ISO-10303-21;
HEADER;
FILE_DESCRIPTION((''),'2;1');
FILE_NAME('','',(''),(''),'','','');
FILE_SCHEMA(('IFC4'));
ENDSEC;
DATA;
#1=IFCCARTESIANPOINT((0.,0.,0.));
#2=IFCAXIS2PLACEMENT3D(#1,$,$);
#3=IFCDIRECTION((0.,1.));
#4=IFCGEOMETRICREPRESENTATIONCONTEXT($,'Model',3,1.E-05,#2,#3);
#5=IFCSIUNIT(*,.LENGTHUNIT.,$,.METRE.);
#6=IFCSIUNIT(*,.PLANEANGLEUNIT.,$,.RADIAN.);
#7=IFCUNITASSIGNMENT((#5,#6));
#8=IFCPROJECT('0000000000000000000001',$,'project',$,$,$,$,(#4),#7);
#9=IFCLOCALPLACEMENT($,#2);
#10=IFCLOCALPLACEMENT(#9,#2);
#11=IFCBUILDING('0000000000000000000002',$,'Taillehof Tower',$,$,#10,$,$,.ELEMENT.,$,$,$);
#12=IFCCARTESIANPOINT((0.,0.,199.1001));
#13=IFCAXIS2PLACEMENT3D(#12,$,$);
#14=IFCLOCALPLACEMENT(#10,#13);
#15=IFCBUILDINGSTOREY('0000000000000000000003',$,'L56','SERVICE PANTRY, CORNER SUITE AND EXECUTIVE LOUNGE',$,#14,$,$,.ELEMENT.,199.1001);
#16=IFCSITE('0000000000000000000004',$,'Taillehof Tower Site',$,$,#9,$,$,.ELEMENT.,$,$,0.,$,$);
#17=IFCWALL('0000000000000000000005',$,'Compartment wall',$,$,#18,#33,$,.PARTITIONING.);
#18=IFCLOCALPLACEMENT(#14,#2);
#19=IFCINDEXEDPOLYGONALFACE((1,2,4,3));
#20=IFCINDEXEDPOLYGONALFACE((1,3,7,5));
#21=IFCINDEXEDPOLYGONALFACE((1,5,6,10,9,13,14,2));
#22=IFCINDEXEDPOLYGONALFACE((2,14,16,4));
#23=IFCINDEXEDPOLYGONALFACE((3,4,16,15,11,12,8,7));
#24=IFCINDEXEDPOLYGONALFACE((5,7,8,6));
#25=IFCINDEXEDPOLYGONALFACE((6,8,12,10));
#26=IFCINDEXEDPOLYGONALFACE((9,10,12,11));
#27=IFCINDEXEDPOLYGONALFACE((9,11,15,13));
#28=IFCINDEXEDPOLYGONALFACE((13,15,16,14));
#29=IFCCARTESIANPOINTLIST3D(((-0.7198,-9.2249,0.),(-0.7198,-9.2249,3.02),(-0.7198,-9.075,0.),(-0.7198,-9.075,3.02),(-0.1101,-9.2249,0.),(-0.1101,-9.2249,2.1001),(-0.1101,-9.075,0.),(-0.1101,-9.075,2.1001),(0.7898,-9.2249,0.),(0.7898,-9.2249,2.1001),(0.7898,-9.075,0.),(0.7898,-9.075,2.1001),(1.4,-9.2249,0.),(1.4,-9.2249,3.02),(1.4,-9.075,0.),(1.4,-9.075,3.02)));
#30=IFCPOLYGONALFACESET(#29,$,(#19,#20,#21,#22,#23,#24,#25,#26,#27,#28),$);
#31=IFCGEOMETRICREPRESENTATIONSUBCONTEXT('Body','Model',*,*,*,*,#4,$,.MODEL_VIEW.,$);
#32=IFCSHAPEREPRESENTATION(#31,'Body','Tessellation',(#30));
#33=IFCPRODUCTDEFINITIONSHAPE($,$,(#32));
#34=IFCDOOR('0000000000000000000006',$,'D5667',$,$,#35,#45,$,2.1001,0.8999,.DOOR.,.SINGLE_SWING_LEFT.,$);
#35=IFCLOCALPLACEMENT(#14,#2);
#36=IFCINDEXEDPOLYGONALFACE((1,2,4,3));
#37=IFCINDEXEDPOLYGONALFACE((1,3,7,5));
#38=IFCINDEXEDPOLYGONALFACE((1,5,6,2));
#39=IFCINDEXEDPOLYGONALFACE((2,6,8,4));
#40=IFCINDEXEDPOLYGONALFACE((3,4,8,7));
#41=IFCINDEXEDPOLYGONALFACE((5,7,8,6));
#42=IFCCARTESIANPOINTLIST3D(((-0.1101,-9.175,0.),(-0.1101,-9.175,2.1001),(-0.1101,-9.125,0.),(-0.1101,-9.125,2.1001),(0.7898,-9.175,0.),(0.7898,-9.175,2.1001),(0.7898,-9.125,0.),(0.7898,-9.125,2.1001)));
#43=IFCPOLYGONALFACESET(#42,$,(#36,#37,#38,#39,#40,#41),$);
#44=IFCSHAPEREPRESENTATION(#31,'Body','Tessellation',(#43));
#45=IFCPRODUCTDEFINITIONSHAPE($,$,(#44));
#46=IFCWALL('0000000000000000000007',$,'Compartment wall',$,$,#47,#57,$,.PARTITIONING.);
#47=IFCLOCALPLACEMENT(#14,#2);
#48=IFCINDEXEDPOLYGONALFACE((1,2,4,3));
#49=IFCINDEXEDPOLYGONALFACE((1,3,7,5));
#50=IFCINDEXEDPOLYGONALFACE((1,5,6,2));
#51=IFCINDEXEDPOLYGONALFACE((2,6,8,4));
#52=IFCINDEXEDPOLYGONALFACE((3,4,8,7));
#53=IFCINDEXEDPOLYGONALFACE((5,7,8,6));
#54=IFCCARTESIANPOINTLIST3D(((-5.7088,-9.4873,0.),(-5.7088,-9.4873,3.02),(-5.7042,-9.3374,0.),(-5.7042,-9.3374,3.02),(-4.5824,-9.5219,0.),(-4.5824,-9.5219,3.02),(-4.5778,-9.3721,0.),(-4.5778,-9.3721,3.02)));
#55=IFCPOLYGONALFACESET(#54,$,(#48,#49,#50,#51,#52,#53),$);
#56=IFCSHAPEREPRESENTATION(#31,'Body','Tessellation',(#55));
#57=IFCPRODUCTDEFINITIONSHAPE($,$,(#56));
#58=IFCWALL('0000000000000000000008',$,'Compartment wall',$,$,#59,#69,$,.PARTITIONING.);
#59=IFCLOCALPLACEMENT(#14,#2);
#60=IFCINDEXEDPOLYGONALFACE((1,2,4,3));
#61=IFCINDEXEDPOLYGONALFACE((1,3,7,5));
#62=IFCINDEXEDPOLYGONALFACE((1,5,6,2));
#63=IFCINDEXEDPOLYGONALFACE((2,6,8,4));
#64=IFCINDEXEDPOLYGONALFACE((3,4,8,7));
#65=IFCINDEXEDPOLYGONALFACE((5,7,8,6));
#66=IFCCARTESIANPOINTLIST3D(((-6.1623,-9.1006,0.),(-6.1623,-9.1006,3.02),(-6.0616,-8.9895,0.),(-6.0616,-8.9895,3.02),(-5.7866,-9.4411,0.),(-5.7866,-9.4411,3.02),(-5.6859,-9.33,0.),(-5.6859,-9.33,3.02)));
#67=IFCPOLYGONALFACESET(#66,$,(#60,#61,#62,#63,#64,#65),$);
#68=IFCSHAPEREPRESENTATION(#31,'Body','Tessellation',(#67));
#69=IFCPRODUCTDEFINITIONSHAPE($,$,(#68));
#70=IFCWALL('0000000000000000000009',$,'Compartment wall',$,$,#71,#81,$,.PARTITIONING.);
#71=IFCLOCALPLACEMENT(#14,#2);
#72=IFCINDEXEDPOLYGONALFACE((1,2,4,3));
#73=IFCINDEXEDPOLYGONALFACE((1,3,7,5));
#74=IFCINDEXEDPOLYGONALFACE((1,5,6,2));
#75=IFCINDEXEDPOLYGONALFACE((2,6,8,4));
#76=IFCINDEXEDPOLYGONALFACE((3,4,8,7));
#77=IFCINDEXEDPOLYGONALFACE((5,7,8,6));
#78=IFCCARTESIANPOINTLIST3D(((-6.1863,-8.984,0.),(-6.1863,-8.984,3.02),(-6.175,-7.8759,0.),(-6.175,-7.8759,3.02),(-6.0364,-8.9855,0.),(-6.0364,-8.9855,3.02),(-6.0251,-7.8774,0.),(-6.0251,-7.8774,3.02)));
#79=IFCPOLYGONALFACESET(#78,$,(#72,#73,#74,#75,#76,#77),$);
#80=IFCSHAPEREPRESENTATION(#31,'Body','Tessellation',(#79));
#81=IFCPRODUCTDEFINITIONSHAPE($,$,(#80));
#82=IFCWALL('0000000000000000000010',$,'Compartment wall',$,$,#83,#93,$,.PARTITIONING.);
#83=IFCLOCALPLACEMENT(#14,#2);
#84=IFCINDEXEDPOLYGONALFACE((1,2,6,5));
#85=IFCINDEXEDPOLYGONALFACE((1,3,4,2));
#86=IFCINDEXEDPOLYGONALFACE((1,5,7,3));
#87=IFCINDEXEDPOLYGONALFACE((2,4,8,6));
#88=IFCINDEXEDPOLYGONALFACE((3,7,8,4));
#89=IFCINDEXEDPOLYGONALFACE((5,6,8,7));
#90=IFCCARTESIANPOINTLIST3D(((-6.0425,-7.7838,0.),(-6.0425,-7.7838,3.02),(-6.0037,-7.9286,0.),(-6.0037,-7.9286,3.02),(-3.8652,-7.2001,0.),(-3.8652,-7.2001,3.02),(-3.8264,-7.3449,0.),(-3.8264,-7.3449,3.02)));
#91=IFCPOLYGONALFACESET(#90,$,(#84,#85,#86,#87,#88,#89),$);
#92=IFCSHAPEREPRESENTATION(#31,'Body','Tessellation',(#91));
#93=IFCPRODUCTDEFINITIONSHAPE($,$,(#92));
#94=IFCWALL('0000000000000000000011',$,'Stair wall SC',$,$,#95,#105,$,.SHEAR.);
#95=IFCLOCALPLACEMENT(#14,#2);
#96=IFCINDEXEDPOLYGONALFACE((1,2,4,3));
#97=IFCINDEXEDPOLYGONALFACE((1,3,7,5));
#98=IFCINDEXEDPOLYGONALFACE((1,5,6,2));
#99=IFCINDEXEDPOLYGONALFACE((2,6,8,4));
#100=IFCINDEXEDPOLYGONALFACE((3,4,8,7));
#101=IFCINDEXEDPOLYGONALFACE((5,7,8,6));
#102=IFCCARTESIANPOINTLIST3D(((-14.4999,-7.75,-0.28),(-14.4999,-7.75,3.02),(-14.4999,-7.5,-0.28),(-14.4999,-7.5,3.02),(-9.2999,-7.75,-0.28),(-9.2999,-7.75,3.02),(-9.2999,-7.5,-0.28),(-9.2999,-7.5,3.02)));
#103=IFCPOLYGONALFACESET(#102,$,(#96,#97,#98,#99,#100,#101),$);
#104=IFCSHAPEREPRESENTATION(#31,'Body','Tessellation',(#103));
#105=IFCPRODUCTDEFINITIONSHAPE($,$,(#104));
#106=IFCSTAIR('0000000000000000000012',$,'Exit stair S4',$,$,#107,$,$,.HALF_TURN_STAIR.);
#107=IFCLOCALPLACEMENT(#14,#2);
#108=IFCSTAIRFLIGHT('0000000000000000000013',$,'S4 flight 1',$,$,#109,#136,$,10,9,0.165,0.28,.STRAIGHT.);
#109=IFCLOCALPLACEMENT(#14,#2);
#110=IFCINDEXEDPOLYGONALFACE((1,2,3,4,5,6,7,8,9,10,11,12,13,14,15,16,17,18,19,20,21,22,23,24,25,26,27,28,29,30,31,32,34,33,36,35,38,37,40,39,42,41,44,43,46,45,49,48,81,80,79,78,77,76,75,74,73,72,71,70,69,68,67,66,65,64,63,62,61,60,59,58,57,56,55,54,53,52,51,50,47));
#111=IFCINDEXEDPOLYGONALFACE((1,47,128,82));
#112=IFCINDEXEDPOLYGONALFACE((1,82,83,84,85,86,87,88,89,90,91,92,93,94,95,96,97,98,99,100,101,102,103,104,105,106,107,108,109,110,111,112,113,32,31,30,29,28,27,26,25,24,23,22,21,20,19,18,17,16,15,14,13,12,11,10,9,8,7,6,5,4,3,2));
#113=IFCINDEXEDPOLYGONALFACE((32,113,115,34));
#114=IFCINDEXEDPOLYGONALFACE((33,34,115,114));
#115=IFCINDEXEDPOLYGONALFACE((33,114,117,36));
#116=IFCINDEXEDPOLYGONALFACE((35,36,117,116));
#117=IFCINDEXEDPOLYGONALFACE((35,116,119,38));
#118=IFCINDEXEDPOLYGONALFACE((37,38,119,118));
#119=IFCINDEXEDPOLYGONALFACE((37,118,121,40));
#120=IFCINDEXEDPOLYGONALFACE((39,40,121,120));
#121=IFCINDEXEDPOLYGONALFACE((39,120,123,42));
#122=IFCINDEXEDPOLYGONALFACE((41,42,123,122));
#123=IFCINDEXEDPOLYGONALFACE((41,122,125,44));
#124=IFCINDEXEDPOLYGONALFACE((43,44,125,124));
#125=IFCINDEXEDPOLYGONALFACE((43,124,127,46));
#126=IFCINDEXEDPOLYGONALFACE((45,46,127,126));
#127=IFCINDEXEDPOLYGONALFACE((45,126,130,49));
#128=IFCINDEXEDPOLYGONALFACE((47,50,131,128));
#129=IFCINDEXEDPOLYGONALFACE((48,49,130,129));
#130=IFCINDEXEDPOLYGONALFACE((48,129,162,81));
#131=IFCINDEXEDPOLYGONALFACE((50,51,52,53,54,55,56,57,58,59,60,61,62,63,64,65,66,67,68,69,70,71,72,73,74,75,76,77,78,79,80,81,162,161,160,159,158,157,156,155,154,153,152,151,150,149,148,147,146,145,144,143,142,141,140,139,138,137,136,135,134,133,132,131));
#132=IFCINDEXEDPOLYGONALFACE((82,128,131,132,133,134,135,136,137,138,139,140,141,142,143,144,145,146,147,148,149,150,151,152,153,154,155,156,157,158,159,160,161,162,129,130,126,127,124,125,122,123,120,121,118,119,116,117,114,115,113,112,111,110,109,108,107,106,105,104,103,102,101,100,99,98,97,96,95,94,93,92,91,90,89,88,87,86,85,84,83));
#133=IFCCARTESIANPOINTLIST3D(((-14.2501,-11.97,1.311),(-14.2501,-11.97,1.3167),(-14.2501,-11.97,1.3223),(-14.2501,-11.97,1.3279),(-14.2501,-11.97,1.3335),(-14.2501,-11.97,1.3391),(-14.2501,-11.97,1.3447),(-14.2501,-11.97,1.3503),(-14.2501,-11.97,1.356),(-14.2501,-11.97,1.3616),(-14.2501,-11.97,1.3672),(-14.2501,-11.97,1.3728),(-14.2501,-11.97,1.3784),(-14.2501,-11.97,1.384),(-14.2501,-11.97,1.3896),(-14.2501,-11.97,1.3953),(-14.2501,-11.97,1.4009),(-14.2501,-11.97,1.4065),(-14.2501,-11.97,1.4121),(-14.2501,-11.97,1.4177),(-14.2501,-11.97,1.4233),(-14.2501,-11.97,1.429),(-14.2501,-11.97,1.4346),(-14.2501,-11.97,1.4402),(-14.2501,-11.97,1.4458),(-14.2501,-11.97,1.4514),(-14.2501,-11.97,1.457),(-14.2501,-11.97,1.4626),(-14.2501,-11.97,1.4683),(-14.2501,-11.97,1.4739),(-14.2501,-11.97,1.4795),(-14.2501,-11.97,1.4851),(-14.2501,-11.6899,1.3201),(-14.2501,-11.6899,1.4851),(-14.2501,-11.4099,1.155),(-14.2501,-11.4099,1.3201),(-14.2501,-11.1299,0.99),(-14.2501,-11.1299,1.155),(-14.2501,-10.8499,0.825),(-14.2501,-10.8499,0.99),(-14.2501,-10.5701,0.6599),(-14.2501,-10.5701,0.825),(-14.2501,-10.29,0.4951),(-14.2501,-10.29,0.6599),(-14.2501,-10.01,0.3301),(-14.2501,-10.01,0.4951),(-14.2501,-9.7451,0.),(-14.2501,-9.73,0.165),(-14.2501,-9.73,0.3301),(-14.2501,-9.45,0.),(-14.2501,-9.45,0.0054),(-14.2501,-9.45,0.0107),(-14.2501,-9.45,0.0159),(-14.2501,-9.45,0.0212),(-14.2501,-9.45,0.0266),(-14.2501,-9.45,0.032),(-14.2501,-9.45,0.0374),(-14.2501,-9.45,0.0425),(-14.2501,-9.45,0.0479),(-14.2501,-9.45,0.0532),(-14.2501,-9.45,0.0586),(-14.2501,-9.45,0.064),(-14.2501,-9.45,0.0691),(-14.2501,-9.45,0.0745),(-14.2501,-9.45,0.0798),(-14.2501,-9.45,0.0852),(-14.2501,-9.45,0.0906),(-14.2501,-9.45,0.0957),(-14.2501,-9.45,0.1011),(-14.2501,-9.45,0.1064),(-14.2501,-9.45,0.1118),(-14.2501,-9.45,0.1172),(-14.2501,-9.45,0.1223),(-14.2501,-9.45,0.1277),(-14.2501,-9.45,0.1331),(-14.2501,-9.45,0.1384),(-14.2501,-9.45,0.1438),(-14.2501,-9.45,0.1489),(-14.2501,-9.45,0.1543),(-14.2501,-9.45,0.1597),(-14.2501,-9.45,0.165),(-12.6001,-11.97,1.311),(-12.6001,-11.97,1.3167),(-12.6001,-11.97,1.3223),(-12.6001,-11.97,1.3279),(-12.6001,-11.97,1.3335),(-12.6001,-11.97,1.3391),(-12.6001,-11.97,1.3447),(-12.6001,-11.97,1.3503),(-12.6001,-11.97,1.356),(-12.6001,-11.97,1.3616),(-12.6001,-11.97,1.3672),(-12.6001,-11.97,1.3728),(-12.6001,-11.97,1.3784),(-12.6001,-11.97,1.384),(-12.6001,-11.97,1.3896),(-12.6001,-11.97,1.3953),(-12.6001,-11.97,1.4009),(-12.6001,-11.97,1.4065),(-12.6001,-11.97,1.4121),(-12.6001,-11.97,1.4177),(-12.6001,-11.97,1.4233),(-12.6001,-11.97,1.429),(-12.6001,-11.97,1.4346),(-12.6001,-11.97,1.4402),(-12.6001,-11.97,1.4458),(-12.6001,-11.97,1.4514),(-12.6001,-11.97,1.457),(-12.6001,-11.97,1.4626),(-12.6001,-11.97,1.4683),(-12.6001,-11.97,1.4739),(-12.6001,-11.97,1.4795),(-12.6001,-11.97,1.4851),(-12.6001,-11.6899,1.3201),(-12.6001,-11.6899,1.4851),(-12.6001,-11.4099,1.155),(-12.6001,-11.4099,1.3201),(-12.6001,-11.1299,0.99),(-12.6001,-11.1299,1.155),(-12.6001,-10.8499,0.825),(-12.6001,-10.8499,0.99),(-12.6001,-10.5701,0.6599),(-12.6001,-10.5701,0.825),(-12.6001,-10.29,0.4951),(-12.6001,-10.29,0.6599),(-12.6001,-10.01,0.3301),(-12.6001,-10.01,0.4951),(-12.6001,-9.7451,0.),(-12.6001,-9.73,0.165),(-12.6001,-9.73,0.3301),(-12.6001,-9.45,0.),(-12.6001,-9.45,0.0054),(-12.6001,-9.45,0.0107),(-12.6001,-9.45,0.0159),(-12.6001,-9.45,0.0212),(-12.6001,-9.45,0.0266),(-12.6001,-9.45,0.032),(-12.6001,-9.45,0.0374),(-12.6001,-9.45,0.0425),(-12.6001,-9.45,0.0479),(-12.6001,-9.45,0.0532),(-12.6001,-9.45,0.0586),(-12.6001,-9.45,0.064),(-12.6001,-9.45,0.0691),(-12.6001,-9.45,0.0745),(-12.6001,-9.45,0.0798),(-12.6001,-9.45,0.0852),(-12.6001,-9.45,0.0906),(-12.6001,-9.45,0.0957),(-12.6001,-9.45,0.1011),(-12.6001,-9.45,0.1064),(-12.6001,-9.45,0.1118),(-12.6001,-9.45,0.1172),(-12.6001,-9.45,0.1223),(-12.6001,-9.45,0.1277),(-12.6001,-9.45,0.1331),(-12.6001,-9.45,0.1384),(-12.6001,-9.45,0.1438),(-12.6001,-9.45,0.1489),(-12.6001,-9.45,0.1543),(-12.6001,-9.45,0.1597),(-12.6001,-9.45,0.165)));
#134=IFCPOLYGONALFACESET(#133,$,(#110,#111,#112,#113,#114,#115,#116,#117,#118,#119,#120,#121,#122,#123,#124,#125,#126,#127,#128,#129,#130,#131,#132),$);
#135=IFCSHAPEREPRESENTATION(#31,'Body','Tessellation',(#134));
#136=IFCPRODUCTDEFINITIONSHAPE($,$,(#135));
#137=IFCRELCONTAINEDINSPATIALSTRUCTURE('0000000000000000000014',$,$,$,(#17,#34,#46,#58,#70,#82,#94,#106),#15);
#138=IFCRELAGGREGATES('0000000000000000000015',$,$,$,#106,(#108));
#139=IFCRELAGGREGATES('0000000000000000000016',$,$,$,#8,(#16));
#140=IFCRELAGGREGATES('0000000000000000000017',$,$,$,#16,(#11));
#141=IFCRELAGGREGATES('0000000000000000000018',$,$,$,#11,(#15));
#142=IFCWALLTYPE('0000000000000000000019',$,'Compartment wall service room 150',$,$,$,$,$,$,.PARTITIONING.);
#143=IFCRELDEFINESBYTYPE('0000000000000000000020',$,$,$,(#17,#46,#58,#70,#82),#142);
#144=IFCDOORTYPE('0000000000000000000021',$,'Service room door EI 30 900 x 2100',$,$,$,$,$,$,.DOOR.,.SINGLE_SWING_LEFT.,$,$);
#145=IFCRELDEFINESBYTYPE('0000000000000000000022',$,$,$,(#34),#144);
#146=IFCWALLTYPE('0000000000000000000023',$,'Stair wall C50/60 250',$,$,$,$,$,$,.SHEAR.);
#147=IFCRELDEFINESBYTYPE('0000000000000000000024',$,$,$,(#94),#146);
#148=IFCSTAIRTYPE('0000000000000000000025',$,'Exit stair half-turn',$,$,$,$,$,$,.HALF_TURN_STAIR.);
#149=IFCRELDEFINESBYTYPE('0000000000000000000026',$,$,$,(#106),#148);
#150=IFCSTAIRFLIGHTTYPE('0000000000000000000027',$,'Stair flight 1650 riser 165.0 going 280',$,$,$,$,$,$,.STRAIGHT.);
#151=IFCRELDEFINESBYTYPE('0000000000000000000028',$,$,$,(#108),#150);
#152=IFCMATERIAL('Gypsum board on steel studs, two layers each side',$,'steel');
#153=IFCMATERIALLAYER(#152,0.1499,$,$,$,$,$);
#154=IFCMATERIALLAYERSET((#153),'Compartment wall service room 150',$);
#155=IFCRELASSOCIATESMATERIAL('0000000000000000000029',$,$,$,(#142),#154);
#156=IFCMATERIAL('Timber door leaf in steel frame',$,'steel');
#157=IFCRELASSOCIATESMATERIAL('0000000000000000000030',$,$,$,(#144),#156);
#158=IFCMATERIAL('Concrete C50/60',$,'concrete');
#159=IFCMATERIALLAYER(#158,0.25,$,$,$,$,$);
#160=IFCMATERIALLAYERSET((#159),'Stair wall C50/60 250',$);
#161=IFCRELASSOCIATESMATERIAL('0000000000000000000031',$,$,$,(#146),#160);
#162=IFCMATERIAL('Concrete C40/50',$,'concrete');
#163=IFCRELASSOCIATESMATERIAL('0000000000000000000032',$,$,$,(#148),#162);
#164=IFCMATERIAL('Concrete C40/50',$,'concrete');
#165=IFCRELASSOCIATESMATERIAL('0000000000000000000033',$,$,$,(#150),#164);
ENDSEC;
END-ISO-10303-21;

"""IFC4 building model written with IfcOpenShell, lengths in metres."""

from ifc_helpers import new_model, si_unit, direction, frame, frame_2d, origin, place, context, subcontext, project, spatial, polyline, rectangle, outline, extrude, material, layer, layer_set, type_object, element, fill, aggregate, save


model = new_model("IFC4")

# Units and contexts
model_context = context("Model", 3, precision=1e-05, world=origin(), true_north=direction((0.0, 1.0)))
body_context = subcontext(model_context, "Body", "Model", "MODEL_VIEW")
ifc_project = project(units=[si_unit("LENGTHUNIT", "METRE"), si_unit("PLANEANGLEUNIT", "RADIAN")], contexts=[model_context])

# Site, building, storey
site_placement = place(None, origin())
site = spatial("IfcSite", under=ifc_project, at=site_placement, Name="Taillehof Tower Site", CompositionType="ELEMENT", RefElevation=0.0)
building_placement = place(site_placement, origin())
building = spatial("IfcBuilding", under=site, at=building_placement, Name="Taillehof Tower", CompositionType="ELEMENT")
storey_placement = place(building_placement, frame((0.0, 0.0, 199.1001)))
storey = spatial("IfcBuildingStorey", under=building, at=storey_placement, Name="L56", Description="SERVICE PANTRY, CORNER SUITE AND EXECUTIVE LOUNGE", CompositionType="ELEMENT", Elevation=199.1001)

# Shared definitions
ifc_material_1 = material(Name="Gypsum board on steel studs, two layers each side", Category="steel")
ifc_layer_1 = layer(ifc_material_1, 0.1499)
ifc_layer_set_1 = layer_set([ifc_layer_1], Name="Compartment wall service room 150")
wall_type_1 = type_object("IfcWallType", Name="Compartment wall service room 150", PredefinedType="PARTITIONING", material=ifc_layer_set_1)

# Wall, opening, door
wall_1_placement = place(storey_placement, frame((-0.72, -9.1499, 0.0), z_axis=(0.0, 0.0, 1.0), x_axis=(1.0, 0.0, 0.0)))
wall_1 = element("IfcWall", 1, at=wall_1_placement, inside=storey, type_object=wall_type_1, Name="Compartment wall", PredefinedType="PARTITIONING", context=body_context, shape_type="SweptSolid", body=[
    extrude(rectangle(XDim=2.1199, YDim=0.1499, at=frame_2d((1.0601, 0.0))), origin(), (0.0, 0.0, 1.0), 3.02),
])
opening_placement = place(wall_1_placement, frame((0.6099, 0.0, 0.0)))
opening = element("IfcOpeningElement", 2, at=opening_placement, cuts=wall_1, PredefinedType="OPENING", context=body_context, shape_type="SweptSolid", body=[
    extrude(rectangle(XDim=0.8999, YDim=2.1001, at=frame_2d((0.45, 1.05))), frame((0.0, 0.085, 0.0), z_axis=(0.0, -1.0, 0.0), x_axis=(1.0, 0.0, 0.0)), (0.0, 0.0, 1.0), 0.1699),
])
ifc_material_2 = material(Name="Timber door leaf in steel frame", Category="steel")
door_type = type_object("IfcDoorType", Name="Service room door EI 30 900 x 2100", OperationType="SINGLE_SWING_LEFT", PredefinedType="DOOR", material=ifc_material_2)
door_placement = place(opening_placement, origin())
door = element("IfcDoor", 3, at=door_placement, inside=storey, type_object=door_type, Name="D5667", OperationType="SINGLE_SWING_LEFT", OverallHeight=2.1001, OverallWidth=0.8999, PredefinedType="DOOR", context=body_context, shape_type="SweptSolid", body=[
    extrude(rectangle(XDim=0.8999, YDim=2.1001, at=frame_2d((0.45, 1.05))), frame((0.0, 0.0249, 0.0), z_axis=(0.0, -1.0, 0.0), x_axis=(1.0, 0.0, 0.0)), (0.0, 0.0, 1.0), 0.05),
])
fill(opening, door)

# Walls
wall_2_placement = place(storey_placement, frame((-4.5801, -9.447, 0.0), z_axis=(0.0, 0.0, 1.0), x_axis=(-0.999527, 0.030761, 0.0)))
element("IfcWall", 4, at=wall_2_placement, inside=storey, type_object=wall_type_1, Name="Compartment wall", PredefinedType="PARTITIONING", context=body_context, shape_type="SweptSolid", body=[
    extrude(rectangle(XDim=1.127, YDim=0.1499, at=frame_2d((0.5635, 0.0))), origin(), (0.0, 0.0, 1.0), 3.02),
])
wall_3_placement = place(storey_placement, frame((-5.7363, -9.3855, 0.0), z_axis=(0.0, 0.0, 1.0), x_axis=(-0.74092, 0.671594, 0.0)))
element("IfcWall", 5, at=wall_3_placement, inside=storey, type_object=wall_type_1, Name="Compartment wall", PredefinedType="PARTITIONING", context=body_context, shape_type="SweptSolid", body=[
    extrude(rectangle(XDim=0.5071, YDim=0.1499, at=frame_2d((0.2534, 0.0))), origin(), (0.0, 0.0, 1.0), 3.02),
])
wall_4_placement = place(storey_placement, frame((-6.1113, -8.9849, 0.0), z_axis=(0.0, 0.0, 1.0), x_axis=(0.010134, 0.999949, 0.0)))
element("IfcWall", 6, at=wall_4_placement, inside=storey, type_object=wall_type_1, Name="Compartment wall", PredefinedType="PARTITIONING", context=body_context, shape_type="SweptSolid", body=[
    extrude(rectangle(XDim=1.1082, YDim=0.1499, at=frame_2d((0.5542, 0.0))), origin(), (0.0, 0.0, 1.0), 3.02),
])
wall_5_placement = place(storey_placement, frame((-6.0229, -7.8562, 0.0), z_axis=(0.0, 0.0, 1.0), x_axis=(0.965887, 0.258963, 0.0)))
element("IfcWall", 7, at=wall_5_placement, inside=storey, type_object=wall_type_1, Name="Compartment wall", PredefinedType="PARTITIONING", context=body_context, shape_type="SweptSolid", body=[
    extrude(rectangle(XDim=2.2542, YDim=0.1499, at=frame_2d((1.127, 0.0))), origin(), (0.0, 0.0, 1.0), 3.02),
])
ifc_material_3 = material(Name="Concrete C50/60", Category="concrete")
ifc_layer_2 = layer(ifc_material_3, 0.25)
ifc_layer_set_2 = layer_set([ifc_layer_2], Name="Stair wall C50/60 250")
wall_type_2 = type_object("IfcWallType", Name="Stair wall C50/60 250", PredefinedType="SHEAR", material=ifc_layer_set_2)
wall_6_placement = place(storey_placement, frame((-14.5, -7.625, -0.28), z_axis=(0.0, 0.0, 1.0), x_axis=(1.0, 0.0, 0.0)))
element("IfcWall", 8, at=wall_6_placement, inside=storey, type_object=wall_type_2, Name="Stair wall SC", PredefinedType="SHEAR", context=body_context, shape_type="SweptSolid", body=[
    extrude(rectangle(XDim=5.2, YDim=0.25, at=frame_2d((2.6001, 0.0))), origin(), (0.0, 0.0, 1.0), 3.3),
])

# Stair, stair flight
ifc_material_4 = material(Name="Concrete C40/50", Category="concrete")
stair_type = type_object("IfcStairType", Name="Exit stair half-turn", PredefinedType="HALF_TURN_STAIR", material=ifc_material_4)
stair_placement = place(storey_placement, origin())
stair = element("IfcStair", 9, at=stair_placement, inside=storey, type_object=stair_type, Name="Exit stair S4", PredefinedType="HALF_TURN_STAIR")
ifc_material_5 = material(Name="Concrete C40/50", Category="concrete")
stair_flight_type = type_object("IfcStairFlightType", Name="Stair flight 1650 riser 165.0 going 280", PredefinedType="STRAIGHT", material=ifc_material_5)
stair_flight_placement = place(storey_placement, frame((-13.425, -9.45, 0.0), z_axis=(0.0, 0.0, 1.0), x_axis=(0.0, -1.0, 0.0)))
stair_flight = element("IfcStairFlight", 10, at=stair_flight_placement, type_object=stair_flight_type, Name="S4 flight 1", NumberOfRisers=10, NumberOfTreads=9, PredefinedType="STRAIGHT", RiserHeight=0.165, TreadLength=0.28, context=body_context, shape_type="SweptSolid", body=[
    extrude(outline(polyline([(0.0, 0.0), (0.0, 0.0054), (0.0, 0.0107), (0.0, 0.0159), (0.0, 0.0212), (0.0, 0.0266), (0.0, 0.032), (0.0, 0.0374), (0.0, 0.0425), (0.0, 0.0479), (0.0, 0.0532), (0.0, 0.0586), (0.0, 0.064), (0.0, 0.0691), (0.0, 0.0745), (0.0, 0.0798), (0.0, 0.0852), (0.0, 0.0906), (0.0, 0.0957), (0.0, 0.1011), (0.0, 0.1064), (0.0, 0.1118), (0.0, 0.1172), (0.0, 0.1223), (0.0, 0.1277), (0.0, 0.1331), (0.0, 0.1384), (0.0, 0.1438), (0.0, 0.1489), (0.0, 0.1543), (0.0, 0.1597), (0.0, 0.165), (0.28, 0.165), (0.28, 0.3301), (0.5601, 0.3301), (0.5601, 0.4951), (0.8401, 0.4951), (0.8401, 0.6599), (1.1201, 0.6599), (1.1201, 0.825), (1.3999, 0.825), (1.3999, 0.99), (1.6799, 0.99), (1.6799, 1.155), (1.96, 1.155), (1.96, 1.3201), (2.24, 1.3201), (2.24, 1.4851), (2.52, 1.4851), (2.52, 1.4795), (2.52, 1.4739), (2.52, 1.4683), (2.52, 1.4626), (2.52, 1.457), (2.52, 1.4514), (2.52, 1.4458), (2.52, 1.4402), (2.52, 1.4346), (2.52, 1.429), (2.52, 1.4233), (2.52, 1.4177), (2.52, 1.4121), (2.52, 1.4065), (2.52, 1.4009), (2.52, 1.3953), (2.52, 1.3896), (2.52, 1.384), (2.52, 1.3784), (2.52, 1.3728), (2.52, 1.3672), (2.52, 1.3616), (2.52, 1.356), (2.52, 1.3503), (2.52, 1.3447), (2.52, 1.3391), (2.52, 1.3335), (2.52, 1.3279), (2.52, 1.3223), (2.52, 1.3167), (2.52, 1.311), (0.2952, 0.0), (0.0, 0.0)])), frame((0.0, 0.825, 0.0), z_axis=(0.0, -1.0, 0.0), x_axis=(1.0, 0.0, 0.0)), (0.0, 0.0, 1.0), 1.65),
])
aggregate(stair, [stair_flight])

save(model, "model.ifc")
